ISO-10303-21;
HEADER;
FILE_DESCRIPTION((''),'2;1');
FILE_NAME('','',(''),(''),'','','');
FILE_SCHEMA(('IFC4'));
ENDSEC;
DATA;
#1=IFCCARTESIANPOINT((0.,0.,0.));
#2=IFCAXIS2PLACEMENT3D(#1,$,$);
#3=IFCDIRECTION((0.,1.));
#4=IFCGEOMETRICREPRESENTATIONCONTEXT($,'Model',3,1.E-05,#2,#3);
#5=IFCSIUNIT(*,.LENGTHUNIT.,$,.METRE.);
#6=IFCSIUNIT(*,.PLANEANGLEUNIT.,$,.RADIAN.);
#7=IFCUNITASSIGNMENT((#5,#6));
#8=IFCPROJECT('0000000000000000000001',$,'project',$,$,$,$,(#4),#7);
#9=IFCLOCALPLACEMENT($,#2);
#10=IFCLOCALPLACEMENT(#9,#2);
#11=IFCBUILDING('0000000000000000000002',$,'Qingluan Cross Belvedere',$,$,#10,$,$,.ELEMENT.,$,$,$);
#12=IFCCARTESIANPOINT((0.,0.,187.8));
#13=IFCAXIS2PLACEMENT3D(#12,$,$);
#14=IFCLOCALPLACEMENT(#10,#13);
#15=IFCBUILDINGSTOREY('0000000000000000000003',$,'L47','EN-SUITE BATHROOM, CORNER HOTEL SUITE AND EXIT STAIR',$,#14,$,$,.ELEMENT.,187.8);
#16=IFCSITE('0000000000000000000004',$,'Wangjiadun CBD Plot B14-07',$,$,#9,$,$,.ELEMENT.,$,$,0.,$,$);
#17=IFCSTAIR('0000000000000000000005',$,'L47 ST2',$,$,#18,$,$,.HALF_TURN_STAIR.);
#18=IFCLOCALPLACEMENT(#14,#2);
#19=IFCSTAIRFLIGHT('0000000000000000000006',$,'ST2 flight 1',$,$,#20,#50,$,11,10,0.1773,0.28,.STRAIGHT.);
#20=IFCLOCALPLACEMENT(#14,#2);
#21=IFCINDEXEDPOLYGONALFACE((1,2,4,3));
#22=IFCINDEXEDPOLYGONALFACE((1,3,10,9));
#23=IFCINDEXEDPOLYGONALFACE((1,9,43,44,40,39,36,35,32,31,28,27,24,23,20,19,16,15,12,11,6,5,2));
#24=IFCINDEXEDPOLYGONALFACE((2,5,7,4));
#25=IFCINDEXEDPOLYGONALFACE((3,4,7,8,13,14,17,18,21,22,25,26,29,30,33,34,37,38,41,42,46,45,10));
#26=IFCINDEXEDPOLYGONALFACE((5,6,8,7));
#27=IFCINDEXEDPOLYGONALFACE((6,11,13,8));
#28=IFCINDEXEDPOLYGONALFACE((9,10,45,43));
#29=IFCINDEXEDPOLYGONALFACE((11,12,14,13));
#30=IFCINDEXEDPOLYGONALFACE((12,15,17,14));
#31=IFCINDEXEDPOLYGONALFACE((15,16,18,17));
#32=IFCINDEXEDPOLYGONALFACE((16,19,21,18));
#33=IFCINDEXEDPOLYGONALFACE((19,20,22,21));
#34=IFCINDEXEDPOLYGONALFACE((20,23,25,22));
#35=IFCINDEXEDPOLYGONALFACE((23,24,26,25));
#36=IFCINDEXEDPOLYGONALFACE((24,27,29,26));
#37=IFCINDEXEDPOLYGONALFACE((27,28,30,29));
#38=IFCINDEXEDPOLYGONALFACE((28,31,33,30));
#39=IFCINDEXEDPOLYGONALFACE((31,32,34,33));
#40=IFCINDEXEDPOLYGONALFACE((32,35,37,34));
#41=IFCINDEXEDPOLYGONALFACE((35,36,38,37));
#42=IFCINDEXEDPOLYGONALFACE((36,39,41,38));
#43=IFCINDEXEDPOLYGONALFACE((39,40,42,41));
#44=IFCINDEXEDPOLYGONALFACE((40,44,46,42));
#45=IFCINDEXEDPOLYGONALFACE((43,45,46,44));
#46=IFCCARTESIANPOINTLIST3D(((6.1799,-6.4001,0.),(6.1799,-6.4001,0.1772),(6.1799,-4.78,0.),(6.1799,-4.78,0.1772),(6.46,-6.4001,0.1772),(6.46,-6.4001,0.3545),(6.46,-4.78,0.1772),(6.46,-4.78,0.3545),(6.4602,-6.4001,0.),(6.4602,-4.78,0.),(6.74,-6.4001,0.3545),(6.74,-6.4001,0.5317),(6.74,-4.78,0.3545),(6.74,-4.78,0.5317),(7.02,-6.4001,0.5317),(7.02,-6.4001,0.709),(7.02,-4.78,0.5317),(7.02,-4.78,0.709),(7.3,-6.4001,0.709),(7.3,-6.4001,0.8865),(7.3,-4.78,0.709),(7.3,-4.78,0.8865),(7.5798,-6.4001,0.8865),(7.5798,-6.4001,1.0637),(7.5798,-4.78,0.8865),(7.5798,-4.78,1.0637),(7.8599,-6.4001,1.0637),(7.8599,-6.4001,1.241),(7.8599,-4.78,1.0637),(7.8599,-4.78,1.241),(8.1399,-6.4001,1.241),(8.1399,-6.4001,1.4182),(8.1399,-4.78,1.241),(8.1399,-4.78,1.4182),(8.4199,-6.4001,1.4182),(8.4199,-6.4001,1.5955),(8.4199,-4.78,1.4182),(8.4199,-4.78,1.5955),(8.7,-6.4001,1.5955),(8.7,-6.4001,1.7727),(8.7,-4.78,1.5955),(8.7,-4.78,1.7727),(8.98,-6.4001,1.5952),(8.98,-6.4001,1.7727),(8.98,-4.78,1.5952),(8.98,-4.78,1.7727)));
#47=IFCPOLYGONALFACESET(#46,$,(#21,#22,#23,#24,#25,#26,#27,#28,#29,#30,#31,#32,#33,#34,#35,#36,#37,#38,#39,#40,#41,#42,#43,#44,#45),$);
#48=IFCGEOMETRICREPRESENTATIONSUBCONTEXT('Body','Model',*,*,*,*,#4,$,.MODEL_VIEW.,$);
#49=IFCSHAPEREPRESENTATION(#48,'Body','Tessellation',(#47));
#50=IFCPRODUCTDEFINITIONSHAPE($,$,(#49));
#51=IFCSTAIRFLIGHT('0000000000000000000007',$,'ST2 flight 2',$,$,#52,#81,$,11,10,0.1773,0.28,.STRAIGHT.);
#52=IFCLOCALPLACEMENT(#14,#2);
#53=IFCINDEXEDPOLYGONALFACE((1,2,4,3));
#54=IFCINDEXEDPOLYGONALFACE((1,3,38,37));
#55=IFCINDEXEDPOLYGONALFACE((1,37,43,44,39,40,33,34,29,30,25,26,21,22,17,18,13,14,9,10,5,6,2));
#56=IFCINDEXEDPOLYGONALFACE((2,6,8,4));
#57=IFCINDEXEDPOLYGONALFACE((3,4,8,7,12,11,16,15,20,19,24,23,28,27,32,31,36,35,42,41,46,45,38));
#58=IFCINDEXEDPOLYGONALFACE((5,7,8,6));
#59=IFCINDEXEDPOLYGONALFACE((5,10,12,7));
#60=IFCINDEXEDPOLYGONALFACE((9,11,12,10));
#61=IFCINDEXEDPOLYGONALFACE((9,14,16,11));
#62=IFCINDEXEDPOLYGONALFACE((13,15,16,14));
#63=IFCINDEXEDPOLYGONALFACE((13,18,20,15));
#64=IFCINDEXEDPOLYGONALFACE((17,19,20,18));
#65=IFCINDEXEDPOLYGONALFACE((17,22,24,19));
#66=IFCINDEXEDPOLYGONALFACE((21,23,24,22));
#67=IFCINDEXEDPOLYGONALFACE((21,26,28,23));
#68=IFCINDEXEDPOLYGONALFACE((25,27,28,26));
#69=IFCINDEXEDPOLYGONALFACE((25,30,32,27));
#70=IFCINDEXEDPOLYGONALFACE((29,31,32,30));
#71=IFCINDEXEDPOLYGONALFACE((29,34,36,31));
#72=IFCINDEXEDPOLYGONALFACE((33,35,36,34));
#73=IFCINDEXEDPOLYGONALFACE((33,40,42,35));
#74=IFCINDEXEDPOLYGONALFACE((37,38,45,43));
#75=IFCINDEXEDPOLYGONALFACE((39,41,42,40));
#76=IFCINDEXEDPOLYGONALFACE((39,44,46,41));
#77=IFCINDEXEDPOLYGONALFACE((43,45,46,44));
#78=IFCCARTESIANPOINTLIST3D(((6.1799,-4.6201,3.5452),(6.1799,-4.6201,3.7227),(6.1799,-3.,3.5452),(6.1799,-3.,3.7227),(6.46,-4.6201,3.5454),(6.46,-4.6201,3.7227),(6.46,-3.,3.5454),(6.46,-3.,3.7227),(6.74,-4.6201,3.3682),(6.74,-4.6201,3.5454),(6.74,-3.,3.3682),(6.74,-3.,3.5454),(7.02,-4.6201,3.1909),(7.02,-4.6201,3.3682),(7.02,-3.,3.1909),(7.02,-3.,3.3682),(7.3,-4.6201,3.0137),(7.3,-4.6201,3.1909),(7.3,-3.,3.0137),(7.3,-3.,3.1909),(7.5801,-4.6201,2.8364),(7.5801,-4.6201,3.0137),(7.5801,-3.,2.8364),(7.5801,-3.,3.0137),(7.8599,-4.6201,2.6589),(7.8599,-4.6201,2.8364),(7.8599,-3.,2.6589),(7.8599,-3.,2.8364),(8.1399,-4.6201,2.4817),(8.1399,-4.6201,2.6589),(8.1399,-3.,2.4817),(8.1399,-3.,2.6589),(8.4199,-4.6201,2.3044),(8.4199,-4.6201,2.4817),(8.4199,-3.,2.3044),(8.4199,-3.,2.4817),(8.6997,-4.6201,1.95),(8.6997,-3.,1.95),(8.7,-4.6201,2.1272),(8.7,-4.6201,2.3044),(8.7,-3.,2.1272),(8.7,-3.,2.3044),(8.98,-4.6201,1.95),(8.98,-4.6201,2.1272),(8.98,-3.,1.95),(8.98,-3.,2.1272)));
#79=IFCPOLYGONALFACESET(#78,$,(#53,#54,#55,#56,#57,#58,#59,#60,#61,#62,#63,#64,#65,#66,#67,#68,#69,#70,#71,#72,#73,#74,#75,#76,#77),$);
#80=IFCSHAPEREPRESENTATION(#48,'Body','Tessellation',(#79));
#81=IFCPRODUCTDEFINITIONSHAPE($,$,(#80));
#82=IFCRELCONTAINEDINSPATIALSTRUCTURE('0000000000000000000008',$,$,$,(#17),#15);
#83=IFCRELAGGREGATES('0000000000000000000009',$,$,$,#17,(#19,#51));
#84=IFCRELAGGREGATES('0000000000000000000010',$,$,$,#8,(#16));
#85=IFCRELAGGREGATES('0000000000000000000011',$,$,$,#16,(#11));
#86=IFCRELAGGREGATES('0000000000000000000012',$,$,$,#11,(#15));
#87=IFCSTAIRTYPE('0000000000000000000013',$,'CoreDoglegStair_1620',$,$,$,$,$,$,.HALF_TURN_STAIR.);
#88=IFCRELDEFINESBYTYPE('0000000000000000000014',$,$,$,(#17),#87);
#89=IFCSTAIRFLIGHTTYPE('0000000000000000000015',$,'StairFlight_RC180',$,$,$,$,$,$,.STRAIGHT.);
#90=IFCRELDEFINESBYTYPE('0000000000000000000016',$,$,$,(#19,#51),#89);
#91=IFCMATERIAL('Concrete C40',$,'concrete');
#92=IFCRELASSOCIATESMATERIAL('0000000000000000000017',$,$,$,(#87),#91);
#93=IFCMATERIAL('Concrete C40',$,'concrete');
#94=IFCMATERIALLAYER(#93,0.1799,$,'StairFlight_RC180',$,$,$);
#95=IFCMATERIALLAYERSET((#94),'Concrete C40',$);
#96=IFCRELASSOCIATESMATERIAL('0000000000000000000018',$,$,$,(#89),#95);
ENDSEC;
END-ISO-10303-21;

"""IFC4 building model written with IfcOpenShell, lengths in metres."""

from ifc_helpers import new_model, si_unit, direction, frame, origin, place, context, subcontext, project, spatial, polyline, outline, extrude, material, layer, layer_set, type_object, element, aggregate, save


model = new_model("IFC4")

# Units and contexts
model_context = context("Model", 3, precision=1e-05, world=origin(), true_north=direction((0.0, 1.0)))
body_context = subcontext(model_context, "Body", "Model", "MODEL_VIEW")
ifc_project = project(units=[si_unit("LENGTHUNIT", "METRE"), si_unit("PLANEANGLEUNIT", "RADIAN")], contexts=[model_context])

# Site, building, storey
site_placement = place(None, origin())
site = spatial("IfcSite", under=ifc_project, at=site_placement, Name="Wangjiadun CBD Plot B14-07", CompositionType="ELEMENT", RefElevation=0.0)
building_placement = place(site_placement, origin())
building = spatial("IfcBuilding", under=site, at=building_placement, Name="Qingluan Cross Belvedere", CompositionType="ELEMENT")
storey_placement = place(building_placement, frame((0.0, 0.0, 187.8)))
storey = spatial("IfcBuildingStorey", under=building, at=storey_placement, Name="L47", Description="EN-SUITE BATHROOM, CORNER HOTEL SUITE AND EXIT STAIR", CompositionType="ELEMENT", Elevation=187.8)

# Stair, stair flights
ifc_material_1 = material(Name="Concrete C40", Category="concrete")
stair_type = type_object("IfcStairType", Name="CoreDoglegStair_1620", PredefinedType="HALF_TURN_STAIR", material=ifc_material_1)
stair_placement = place(storey_placement, origin())
stair = element("IfcStair", 1, at=stair_placement, inside=storey, type_object=stair_type, Name="L47 ST2", PredefinedType="HALF_TURN_STAIR")
ifc_material_2 = material(Name="Concrete C40", Category="concrete")
ifc_layer_1 = layer(ifc_material_2, 0.1799, Name="StairFlight_RC180")
ifc_layer_set_1 = layer_set([ifc_layer_1], Name="Concrete C40")
stair_flight_type = type_object("IfcStairFlightType", Name="StairFlight_RC180", PredefinedType="STRAIGHT", material=ifc_layer_set_1)
stair_flight_1_placement = place(storey_placement, frame((6.1799, -5.5901, 0.0), z_axis=(0.0, 0.0, 1.0), x_axis=(1.0, 0.0, 0.0)))
stair_flight_1 = element("IfcStairFlight", 2, at=stair_flight_1_placement, type_object=stair_flight_type, Name="ST2 flight 1", NumberOfRisers=11, NumberOfTreads=10, PredefinedType="STRAIGHT", RiserHeight=0.1773, TreadLength=0.28, context=body_context, shape_type="SweptSolid", body=[
    extrude(outline(polyline([(0.0, 0.0), (0.0, 0.1772), (0.28, 0.1772), (0.28, 0.3545), (0.5601, 0.3545), (0.5601, 0.5317), (0.8401, 0.5317), (0.8401, 0.709), (1.1201, 0.709), (1.1201, 0.8865), (1.3999, 0.8865), (1.3999, 1.0637), (1.6799, 1.0637), (1.6799, 1.241), (1.96, 1.241), (1.96, 1.4182), (2.24, 1.4182), (2.24, 1.5955), (2.52, 1.5955), (2.52, 1.7727), (2.8, 1.7727), (2.8, 1.95), (2.8, 1.5952), (0.2803, 0.0), (0.0, 0.0)])), frame((0.0, 0.8101, 0.0), z_axis=(0.0, -1.0, 0.0), x_axis=(1.0, 0.0, 0.0)), (0.0, 0.0, 1.0), 1.6201),
])
stair_flight_2_placement = place(storey_placement, frame((8.98, -3.8101, 1.95), z_axis=(0.0, 0.0, 1.0), x_axis=(-1.0, 0.0, 0.0)))
stair_flight_2 = element("IfcStairFlight", 3, at=stair_flight_2_placement, type_object=stair_flight_type, Name="ST2 flight 2", NumberOfRisers=11, NumberOfTreads=10, PredefinedType="STRAIGHT", RiserHeight=0.1773, TreadLength=0.28, context=body_context, shape_type="SweptSolid", body=[
    extrude(outline(polyline([(0.0, 0.0), (0.0, 0.1772), (0.28, 0.1772), (0.28, 0.3545), (0.5601, 0.3545), (0.5601, 0.5317), (0.8401, 0.5317), (0.8401, 0.709), (1.1201, 0.709), (1.1201, 0.8865), (1.3999, 0.8865), (1.3999, 1.0637), (1.6799, 1.0637), (1.6799, 1.241), (1.96, 1.241), (1.96, 1.4182), (2.24, 1.4182), (2.24, 1.5955), (2.52, 1.5955), (2.52, 1.7727), (2.8, 1.7727), (2.8, 1.95), (2.8, 1.5952), (0.2803, 0.0), (0.0, 0.0)])), frame((0.0, 0.8101, 0.0), z_axis=(0.0, -1.0, 0.0), x_axis=(1.0, 0.0, 0.0)), (0.0, 0.0, 1.0), 1.6201),
])
aggregate(stair, [stair_flight_1, stair_flight_2])

save(model, "model.ifc")
